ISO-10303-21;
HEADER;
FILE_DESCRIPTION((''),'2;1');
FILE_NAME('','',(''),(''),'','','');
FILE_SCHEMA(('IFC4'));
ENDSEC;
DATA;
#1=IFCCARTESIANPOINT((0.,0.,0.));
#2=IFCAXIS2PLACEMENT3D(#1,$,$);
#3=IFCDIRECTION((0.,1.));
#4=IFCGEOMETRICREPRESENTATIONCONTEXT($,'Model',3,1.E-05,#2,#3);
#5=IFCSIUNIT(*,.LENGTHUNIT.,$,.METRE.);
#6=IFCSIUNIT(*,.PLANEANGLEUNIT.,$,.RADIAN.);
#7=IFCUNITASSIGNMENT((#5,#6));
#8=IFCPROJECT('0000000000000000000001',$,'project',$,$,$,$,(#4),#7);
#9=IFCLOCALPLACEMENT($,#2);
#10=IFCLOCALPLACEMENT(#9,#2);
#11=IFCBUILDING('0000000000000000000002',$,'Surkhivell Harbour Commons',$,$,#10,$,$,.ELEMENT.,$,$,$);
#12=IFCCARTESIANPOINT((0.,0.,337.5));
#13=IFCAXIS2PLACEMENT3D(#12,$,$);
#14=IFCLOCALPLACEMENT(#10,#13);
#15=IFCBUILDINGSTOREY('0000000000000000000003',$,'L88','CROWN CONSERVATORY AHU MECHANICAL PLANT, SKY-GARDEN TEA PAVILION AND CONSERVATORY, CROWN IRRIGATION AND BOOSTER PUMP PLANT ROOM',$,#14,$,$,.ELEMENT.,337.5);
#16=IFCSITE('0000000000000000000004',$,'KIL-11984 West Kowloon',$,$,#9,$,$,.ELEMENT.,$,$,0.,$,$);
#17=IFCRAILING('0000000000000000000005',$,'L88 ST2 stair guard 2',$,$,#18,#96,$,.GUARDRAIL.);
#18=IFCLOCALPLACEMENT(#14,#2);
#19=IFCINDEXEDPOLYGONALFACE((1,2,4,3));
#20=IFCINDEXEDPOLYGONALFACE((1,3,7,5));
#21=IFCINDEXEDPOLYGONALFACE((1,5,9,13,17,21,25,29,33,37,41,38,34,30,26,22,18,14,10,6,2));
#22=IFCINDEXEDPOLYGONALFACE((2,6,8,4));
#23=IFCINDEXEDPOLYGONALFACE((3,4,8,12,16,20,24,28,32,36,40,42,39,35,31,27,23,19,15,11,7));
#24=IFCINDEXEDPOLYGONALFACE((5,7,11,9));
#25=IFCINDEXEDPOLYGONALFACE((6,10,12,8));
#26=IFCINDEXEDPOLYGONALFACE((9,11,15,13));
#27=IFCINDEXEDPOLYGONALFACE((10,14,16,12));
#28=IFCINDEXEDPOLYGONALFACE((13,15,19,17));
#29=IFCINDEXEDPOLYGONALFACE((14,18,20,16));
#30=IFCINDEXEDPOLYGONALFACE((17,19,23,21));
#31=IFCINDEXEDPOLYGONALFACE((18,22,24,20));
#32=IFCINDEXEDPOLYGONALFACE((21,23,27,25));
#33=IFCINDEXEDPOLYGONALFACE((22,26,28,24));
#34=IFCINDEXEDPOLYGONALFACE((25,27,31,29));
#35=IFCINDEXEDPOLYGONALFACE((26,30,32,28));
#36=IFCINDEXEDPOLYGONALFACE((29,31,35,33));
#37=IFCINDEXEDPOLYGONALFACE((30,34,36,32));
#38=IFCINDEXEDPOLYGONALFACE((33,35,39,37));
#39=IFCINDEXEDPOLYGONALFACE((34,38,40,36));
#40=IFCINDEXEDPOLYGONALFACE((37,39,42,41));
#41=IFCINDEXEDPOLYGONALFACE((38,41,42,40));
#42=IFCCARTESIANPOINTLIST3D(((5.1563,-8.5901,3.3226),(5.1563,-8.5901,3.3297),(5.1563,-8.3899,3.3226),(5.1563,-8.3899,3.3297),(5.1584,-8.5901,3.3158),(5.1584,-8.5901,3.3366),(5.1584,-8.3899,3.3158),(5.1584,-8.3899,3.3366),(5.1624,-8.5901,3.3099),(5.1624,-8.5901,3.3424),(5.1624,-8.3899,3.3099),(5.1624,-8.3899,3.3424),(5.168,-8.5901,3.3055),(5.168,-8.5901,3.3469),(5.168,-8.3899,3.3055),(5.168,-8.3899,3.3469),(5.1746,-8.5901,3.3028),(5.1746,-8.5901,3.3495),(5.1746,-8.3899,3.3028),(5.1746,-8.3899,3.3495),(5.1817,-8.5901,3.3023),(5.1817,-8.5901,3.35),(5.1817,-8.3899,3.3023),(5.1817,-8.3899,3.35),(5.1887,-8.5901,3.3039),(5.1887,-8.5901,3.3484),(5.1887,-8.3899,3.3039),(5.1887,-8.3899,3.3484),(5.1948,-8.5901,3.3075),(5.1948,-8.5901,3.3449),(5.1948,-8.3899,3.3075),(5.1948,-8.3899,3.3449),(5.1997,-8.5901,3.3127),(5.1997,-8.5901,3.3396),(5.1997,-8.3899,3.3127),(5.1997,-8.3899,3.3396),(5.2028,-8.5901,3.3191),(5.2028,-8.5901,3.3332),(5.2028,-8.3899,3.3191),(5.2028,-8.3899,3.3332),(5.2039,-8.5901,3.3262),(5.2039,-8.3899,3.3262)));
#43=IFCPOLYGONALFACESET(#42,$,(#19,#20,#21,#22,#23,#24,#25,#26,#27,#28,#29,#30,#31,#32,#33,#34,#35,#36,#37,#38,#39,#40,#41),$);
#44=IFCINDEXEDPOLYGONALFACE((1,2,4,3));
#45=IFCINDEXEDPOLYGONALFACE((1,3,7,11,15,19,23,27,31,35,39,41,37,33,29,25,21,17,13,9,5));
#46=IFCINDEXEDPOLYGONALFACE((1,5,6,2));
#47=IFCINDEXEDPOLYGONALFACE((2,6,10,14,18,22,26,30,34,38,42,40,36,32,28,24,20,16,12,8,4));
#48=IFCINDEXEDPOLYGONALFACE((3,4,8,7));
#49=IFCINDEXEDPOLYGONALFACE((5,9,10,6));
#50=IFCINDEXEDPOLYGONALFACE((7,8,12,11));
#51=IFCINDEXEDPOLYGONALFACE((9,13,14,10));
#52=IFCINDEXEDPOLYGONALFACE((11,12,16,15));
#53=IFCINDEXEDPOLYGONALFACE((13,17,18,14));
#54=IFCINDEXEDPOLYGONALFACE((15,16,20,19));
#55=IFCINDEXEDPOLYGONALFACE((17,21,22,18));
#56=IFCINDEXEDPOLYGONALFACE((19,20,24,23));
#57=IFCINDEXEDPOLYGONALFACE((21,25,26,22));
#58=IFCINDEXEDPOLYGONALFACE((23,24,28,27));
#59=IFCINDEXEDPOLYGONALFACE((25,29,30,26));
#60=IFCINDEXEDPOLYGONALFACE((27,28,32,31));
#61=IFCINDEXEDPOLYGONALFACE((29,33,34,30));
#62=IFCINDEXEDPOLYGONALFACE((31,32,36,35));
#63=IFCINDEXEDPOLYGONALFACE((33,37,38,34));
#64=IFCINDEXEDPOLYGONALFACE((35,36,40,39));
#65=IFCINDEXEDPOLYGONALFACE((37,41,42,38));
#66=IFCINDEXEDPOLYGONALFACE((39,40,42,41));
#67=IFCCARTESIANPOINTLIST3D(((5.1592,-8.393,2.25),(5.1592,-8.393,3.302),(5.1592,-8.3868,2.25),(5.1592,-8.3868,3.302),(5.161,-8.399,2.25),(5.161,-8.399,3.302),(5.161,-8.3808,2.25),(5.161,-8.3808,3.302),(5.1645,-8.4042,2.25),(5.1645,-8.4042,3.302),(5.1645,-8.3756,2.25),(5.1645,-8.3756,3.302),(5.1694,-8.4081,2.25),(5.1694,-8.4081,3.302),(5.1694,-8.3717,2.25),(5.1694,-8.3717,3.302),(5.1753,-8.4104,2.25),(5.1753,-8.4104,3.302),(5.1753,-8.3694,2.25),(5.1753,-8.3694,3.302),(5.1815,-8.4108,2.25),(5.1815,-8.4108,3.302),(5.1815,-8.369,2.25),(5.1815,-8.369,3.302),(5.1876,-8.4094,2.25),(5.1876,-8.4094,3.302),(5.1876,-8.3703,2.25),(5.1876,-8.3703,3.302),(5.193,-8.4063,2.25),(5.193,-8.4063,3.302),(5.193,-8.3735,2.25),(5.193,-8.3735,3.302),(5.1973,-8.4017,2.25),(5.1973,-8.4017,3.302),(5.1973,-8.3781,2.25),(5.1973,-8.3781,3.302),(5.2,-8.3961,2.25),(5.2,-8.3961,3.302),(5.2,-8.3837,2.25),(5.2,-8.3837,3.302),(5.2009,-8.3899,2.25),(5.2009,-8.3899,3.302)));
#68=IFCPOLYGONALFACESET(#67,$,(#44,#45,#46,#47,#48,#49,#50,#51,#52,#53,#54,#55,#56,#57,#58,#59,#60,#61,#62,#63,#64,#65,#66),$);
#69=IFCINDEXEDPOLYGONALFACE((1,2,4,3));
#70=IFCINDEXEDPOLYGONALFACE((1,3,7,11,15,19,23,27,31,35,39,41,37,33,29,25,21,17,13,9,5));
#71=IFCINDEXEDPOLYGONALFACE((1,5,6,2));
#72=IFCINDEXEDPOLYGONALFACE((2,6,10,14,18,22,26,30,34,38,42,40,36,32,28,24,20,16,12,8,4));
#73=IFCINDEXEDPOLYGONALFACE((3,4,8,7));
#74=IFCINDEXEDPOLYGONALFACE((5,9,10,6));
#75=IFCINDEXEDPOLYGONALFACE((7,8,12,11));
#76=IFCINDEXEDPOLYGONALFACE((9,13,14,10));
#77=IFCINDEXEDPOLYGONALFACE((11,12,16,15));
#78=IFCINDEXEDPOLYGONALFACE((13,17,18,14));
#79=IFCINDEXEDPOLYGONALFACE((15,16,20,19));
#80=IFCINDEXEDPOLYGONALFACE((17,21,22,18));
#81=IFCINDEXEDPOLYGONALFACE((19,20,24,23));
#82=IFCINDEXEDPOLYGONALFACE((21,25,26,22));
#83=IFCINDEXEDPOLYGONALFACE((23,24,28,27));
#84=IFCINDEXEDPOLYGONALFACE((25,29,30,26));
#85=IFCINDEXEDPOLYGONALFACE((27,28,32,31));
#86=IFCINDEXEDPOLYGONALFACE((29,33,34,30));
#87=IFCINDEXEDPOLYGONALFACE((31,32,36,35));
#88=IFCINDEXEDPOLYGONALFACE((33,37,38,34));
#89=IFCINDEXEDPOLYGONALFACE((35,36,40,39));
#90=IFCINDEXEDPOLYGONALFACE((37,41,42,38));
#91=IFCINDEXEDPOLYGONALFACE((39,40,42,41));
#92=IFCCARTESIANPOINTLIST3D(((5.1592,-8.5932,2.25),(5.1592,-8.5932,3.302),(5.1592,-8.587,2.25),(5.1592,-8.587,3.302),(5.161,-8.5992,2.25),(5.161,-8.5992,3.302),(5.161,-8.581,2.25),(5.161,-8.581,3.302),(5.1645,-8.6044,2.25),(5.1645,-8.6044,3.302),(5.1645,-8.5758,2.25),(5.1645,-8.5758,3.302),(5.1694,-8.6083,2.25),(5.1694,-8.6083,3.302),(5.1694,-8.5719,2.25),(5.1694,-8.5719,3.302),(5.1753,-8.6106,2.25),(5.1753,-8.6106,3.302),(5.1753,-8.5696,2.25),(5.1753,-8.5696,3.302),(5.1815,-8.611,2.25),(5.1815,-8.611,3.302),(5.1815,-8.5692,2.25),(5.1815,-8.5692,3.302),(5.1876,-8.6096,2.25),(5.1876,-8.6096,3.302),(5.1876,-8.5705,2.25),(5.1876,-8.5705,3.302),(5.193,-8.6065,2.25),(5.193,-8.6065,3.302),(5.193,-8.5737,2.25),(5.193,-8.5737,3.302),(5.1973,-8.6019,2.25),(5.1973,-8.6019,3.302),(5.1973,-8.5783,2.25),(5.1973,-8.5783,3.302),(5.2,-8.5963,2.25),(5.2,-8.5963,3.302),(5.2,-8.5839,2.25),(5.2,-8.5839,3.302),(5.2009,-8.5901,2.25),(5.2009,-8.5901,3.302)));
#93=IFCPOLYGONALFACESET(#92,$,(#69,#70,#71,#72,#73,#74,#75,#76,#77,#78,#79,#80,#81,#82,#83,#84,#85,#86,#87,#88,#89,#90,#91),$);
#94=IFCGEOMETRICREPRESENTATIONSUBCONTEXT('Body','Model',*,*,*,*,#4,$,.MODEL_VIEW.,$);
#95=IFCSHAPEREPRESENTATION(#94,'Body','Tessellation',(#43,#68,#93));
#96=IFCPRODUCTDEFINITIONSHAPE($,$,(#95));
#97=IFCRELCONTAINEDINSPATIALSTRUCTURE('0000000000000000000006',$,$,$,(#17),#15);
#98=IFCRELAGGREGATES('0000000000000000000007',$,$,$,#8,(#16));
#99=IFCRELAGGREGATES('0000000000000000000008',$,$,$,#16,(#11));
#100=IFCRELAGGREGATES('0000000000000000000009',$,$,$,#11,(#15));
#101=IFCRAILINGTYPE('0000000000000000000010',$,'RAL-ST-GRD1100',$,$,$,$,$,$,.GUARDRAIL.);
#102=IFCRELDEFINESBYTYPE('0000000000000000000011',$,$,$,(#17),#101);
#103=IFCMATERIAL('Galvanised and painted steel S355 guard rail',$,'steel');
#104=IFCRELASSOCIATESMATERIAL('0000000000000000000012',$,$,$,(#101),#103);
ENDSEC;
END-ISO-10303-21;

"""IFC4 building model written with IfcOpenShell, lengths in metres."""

from ifc_helpers import new_model, si_unit, direction, frame, origin, origin_2d, place, context, subcontext, project, spatial, circle, extrude, material, type_object, element, save


model = new_model("IFC4")

# Units and contexts
model_context = context("Model", 3, precision=1e-05, world=origin(), true_north=direction((0.0, 1.0)))
body_context = subcontext(model_context, "Body", "Model", "MODEL_VIEW")
ifc_project = project(units=[si_unit("LENGTHUNIT", "METRE"), si_unit("PLANEANGLEUNIT", "RADIAN")], contexts=[model_context])

# Site, building, storey
site_placement = place(None, origin())
site = spatial("IfcSite", under=ifc_project, at=site_placement, Name="KIL-11984 West Kowloon", CompositionType="ELEMENT", RefElevation=0.0)
building_placement = place(site_placement, origin())
building = spatial("IfcBuilding", under=site, at=building_placement, Name="Surkhivell Harbour Commons", CompositionType="ELEMENT")
storey_placement = place(building_placement, frame((0.0, 0.0, 337.5)))
storey = spatial("IfcBuildingStorey", under=building, at=storey_placement, Name="L88", Description="CROWN CONSERVATORY AHU MECHANICAL PLANT, SKY-GARDEN TEA PAVILION AND CONSERVATORY, CROWN IRRIGATION AND BOOSTER PUMP PLANT ROOM", CompositionType="ELEMENT", Elevation=337.5)

# Railing
ifc_material_1 = material(Name="Galvanised and painted steel S355 guard rail", Category="steel")
railing_type_1 = type_object("IfcRailingType", Name="RAL-ST-GRD1100", PredefinedType="GUARDRAIL", material=ifc_material_1)
railing_1_placement = place(storey_placement, frame((5.1799, -8.3899, 2.25)))
element("IfcRailing", 1, at=railing_1_placement, inside=storey, type_object=railing_type_1, Name="L88 ST2 stair guard 2", PredefinedType="GUARDRAIL", context=body_context, shape_type="SweptSolid", body=[
    extrude(circle(Radius=0.0239, at=origin_2d()), frame((0.0, 0.0, 1.0762), z_axis=(0.0, -1.0, 0.0), x_axis=(1.0, 0.0, 0.0)), (0.0, 0.0, 1.0), 0.2002),
    extrude(circle(Radius=0.021, at=origin_2d()), origin(), (0.0, 0.0, 1.0), 1.052),
    extrude(circle(Radius=0.021, at=origin_2d()), frame((0.0, -0.2002, 0.0)), (0.0, 0.0, 1.0), 1.052),
])

save(model, "model.ifc")
